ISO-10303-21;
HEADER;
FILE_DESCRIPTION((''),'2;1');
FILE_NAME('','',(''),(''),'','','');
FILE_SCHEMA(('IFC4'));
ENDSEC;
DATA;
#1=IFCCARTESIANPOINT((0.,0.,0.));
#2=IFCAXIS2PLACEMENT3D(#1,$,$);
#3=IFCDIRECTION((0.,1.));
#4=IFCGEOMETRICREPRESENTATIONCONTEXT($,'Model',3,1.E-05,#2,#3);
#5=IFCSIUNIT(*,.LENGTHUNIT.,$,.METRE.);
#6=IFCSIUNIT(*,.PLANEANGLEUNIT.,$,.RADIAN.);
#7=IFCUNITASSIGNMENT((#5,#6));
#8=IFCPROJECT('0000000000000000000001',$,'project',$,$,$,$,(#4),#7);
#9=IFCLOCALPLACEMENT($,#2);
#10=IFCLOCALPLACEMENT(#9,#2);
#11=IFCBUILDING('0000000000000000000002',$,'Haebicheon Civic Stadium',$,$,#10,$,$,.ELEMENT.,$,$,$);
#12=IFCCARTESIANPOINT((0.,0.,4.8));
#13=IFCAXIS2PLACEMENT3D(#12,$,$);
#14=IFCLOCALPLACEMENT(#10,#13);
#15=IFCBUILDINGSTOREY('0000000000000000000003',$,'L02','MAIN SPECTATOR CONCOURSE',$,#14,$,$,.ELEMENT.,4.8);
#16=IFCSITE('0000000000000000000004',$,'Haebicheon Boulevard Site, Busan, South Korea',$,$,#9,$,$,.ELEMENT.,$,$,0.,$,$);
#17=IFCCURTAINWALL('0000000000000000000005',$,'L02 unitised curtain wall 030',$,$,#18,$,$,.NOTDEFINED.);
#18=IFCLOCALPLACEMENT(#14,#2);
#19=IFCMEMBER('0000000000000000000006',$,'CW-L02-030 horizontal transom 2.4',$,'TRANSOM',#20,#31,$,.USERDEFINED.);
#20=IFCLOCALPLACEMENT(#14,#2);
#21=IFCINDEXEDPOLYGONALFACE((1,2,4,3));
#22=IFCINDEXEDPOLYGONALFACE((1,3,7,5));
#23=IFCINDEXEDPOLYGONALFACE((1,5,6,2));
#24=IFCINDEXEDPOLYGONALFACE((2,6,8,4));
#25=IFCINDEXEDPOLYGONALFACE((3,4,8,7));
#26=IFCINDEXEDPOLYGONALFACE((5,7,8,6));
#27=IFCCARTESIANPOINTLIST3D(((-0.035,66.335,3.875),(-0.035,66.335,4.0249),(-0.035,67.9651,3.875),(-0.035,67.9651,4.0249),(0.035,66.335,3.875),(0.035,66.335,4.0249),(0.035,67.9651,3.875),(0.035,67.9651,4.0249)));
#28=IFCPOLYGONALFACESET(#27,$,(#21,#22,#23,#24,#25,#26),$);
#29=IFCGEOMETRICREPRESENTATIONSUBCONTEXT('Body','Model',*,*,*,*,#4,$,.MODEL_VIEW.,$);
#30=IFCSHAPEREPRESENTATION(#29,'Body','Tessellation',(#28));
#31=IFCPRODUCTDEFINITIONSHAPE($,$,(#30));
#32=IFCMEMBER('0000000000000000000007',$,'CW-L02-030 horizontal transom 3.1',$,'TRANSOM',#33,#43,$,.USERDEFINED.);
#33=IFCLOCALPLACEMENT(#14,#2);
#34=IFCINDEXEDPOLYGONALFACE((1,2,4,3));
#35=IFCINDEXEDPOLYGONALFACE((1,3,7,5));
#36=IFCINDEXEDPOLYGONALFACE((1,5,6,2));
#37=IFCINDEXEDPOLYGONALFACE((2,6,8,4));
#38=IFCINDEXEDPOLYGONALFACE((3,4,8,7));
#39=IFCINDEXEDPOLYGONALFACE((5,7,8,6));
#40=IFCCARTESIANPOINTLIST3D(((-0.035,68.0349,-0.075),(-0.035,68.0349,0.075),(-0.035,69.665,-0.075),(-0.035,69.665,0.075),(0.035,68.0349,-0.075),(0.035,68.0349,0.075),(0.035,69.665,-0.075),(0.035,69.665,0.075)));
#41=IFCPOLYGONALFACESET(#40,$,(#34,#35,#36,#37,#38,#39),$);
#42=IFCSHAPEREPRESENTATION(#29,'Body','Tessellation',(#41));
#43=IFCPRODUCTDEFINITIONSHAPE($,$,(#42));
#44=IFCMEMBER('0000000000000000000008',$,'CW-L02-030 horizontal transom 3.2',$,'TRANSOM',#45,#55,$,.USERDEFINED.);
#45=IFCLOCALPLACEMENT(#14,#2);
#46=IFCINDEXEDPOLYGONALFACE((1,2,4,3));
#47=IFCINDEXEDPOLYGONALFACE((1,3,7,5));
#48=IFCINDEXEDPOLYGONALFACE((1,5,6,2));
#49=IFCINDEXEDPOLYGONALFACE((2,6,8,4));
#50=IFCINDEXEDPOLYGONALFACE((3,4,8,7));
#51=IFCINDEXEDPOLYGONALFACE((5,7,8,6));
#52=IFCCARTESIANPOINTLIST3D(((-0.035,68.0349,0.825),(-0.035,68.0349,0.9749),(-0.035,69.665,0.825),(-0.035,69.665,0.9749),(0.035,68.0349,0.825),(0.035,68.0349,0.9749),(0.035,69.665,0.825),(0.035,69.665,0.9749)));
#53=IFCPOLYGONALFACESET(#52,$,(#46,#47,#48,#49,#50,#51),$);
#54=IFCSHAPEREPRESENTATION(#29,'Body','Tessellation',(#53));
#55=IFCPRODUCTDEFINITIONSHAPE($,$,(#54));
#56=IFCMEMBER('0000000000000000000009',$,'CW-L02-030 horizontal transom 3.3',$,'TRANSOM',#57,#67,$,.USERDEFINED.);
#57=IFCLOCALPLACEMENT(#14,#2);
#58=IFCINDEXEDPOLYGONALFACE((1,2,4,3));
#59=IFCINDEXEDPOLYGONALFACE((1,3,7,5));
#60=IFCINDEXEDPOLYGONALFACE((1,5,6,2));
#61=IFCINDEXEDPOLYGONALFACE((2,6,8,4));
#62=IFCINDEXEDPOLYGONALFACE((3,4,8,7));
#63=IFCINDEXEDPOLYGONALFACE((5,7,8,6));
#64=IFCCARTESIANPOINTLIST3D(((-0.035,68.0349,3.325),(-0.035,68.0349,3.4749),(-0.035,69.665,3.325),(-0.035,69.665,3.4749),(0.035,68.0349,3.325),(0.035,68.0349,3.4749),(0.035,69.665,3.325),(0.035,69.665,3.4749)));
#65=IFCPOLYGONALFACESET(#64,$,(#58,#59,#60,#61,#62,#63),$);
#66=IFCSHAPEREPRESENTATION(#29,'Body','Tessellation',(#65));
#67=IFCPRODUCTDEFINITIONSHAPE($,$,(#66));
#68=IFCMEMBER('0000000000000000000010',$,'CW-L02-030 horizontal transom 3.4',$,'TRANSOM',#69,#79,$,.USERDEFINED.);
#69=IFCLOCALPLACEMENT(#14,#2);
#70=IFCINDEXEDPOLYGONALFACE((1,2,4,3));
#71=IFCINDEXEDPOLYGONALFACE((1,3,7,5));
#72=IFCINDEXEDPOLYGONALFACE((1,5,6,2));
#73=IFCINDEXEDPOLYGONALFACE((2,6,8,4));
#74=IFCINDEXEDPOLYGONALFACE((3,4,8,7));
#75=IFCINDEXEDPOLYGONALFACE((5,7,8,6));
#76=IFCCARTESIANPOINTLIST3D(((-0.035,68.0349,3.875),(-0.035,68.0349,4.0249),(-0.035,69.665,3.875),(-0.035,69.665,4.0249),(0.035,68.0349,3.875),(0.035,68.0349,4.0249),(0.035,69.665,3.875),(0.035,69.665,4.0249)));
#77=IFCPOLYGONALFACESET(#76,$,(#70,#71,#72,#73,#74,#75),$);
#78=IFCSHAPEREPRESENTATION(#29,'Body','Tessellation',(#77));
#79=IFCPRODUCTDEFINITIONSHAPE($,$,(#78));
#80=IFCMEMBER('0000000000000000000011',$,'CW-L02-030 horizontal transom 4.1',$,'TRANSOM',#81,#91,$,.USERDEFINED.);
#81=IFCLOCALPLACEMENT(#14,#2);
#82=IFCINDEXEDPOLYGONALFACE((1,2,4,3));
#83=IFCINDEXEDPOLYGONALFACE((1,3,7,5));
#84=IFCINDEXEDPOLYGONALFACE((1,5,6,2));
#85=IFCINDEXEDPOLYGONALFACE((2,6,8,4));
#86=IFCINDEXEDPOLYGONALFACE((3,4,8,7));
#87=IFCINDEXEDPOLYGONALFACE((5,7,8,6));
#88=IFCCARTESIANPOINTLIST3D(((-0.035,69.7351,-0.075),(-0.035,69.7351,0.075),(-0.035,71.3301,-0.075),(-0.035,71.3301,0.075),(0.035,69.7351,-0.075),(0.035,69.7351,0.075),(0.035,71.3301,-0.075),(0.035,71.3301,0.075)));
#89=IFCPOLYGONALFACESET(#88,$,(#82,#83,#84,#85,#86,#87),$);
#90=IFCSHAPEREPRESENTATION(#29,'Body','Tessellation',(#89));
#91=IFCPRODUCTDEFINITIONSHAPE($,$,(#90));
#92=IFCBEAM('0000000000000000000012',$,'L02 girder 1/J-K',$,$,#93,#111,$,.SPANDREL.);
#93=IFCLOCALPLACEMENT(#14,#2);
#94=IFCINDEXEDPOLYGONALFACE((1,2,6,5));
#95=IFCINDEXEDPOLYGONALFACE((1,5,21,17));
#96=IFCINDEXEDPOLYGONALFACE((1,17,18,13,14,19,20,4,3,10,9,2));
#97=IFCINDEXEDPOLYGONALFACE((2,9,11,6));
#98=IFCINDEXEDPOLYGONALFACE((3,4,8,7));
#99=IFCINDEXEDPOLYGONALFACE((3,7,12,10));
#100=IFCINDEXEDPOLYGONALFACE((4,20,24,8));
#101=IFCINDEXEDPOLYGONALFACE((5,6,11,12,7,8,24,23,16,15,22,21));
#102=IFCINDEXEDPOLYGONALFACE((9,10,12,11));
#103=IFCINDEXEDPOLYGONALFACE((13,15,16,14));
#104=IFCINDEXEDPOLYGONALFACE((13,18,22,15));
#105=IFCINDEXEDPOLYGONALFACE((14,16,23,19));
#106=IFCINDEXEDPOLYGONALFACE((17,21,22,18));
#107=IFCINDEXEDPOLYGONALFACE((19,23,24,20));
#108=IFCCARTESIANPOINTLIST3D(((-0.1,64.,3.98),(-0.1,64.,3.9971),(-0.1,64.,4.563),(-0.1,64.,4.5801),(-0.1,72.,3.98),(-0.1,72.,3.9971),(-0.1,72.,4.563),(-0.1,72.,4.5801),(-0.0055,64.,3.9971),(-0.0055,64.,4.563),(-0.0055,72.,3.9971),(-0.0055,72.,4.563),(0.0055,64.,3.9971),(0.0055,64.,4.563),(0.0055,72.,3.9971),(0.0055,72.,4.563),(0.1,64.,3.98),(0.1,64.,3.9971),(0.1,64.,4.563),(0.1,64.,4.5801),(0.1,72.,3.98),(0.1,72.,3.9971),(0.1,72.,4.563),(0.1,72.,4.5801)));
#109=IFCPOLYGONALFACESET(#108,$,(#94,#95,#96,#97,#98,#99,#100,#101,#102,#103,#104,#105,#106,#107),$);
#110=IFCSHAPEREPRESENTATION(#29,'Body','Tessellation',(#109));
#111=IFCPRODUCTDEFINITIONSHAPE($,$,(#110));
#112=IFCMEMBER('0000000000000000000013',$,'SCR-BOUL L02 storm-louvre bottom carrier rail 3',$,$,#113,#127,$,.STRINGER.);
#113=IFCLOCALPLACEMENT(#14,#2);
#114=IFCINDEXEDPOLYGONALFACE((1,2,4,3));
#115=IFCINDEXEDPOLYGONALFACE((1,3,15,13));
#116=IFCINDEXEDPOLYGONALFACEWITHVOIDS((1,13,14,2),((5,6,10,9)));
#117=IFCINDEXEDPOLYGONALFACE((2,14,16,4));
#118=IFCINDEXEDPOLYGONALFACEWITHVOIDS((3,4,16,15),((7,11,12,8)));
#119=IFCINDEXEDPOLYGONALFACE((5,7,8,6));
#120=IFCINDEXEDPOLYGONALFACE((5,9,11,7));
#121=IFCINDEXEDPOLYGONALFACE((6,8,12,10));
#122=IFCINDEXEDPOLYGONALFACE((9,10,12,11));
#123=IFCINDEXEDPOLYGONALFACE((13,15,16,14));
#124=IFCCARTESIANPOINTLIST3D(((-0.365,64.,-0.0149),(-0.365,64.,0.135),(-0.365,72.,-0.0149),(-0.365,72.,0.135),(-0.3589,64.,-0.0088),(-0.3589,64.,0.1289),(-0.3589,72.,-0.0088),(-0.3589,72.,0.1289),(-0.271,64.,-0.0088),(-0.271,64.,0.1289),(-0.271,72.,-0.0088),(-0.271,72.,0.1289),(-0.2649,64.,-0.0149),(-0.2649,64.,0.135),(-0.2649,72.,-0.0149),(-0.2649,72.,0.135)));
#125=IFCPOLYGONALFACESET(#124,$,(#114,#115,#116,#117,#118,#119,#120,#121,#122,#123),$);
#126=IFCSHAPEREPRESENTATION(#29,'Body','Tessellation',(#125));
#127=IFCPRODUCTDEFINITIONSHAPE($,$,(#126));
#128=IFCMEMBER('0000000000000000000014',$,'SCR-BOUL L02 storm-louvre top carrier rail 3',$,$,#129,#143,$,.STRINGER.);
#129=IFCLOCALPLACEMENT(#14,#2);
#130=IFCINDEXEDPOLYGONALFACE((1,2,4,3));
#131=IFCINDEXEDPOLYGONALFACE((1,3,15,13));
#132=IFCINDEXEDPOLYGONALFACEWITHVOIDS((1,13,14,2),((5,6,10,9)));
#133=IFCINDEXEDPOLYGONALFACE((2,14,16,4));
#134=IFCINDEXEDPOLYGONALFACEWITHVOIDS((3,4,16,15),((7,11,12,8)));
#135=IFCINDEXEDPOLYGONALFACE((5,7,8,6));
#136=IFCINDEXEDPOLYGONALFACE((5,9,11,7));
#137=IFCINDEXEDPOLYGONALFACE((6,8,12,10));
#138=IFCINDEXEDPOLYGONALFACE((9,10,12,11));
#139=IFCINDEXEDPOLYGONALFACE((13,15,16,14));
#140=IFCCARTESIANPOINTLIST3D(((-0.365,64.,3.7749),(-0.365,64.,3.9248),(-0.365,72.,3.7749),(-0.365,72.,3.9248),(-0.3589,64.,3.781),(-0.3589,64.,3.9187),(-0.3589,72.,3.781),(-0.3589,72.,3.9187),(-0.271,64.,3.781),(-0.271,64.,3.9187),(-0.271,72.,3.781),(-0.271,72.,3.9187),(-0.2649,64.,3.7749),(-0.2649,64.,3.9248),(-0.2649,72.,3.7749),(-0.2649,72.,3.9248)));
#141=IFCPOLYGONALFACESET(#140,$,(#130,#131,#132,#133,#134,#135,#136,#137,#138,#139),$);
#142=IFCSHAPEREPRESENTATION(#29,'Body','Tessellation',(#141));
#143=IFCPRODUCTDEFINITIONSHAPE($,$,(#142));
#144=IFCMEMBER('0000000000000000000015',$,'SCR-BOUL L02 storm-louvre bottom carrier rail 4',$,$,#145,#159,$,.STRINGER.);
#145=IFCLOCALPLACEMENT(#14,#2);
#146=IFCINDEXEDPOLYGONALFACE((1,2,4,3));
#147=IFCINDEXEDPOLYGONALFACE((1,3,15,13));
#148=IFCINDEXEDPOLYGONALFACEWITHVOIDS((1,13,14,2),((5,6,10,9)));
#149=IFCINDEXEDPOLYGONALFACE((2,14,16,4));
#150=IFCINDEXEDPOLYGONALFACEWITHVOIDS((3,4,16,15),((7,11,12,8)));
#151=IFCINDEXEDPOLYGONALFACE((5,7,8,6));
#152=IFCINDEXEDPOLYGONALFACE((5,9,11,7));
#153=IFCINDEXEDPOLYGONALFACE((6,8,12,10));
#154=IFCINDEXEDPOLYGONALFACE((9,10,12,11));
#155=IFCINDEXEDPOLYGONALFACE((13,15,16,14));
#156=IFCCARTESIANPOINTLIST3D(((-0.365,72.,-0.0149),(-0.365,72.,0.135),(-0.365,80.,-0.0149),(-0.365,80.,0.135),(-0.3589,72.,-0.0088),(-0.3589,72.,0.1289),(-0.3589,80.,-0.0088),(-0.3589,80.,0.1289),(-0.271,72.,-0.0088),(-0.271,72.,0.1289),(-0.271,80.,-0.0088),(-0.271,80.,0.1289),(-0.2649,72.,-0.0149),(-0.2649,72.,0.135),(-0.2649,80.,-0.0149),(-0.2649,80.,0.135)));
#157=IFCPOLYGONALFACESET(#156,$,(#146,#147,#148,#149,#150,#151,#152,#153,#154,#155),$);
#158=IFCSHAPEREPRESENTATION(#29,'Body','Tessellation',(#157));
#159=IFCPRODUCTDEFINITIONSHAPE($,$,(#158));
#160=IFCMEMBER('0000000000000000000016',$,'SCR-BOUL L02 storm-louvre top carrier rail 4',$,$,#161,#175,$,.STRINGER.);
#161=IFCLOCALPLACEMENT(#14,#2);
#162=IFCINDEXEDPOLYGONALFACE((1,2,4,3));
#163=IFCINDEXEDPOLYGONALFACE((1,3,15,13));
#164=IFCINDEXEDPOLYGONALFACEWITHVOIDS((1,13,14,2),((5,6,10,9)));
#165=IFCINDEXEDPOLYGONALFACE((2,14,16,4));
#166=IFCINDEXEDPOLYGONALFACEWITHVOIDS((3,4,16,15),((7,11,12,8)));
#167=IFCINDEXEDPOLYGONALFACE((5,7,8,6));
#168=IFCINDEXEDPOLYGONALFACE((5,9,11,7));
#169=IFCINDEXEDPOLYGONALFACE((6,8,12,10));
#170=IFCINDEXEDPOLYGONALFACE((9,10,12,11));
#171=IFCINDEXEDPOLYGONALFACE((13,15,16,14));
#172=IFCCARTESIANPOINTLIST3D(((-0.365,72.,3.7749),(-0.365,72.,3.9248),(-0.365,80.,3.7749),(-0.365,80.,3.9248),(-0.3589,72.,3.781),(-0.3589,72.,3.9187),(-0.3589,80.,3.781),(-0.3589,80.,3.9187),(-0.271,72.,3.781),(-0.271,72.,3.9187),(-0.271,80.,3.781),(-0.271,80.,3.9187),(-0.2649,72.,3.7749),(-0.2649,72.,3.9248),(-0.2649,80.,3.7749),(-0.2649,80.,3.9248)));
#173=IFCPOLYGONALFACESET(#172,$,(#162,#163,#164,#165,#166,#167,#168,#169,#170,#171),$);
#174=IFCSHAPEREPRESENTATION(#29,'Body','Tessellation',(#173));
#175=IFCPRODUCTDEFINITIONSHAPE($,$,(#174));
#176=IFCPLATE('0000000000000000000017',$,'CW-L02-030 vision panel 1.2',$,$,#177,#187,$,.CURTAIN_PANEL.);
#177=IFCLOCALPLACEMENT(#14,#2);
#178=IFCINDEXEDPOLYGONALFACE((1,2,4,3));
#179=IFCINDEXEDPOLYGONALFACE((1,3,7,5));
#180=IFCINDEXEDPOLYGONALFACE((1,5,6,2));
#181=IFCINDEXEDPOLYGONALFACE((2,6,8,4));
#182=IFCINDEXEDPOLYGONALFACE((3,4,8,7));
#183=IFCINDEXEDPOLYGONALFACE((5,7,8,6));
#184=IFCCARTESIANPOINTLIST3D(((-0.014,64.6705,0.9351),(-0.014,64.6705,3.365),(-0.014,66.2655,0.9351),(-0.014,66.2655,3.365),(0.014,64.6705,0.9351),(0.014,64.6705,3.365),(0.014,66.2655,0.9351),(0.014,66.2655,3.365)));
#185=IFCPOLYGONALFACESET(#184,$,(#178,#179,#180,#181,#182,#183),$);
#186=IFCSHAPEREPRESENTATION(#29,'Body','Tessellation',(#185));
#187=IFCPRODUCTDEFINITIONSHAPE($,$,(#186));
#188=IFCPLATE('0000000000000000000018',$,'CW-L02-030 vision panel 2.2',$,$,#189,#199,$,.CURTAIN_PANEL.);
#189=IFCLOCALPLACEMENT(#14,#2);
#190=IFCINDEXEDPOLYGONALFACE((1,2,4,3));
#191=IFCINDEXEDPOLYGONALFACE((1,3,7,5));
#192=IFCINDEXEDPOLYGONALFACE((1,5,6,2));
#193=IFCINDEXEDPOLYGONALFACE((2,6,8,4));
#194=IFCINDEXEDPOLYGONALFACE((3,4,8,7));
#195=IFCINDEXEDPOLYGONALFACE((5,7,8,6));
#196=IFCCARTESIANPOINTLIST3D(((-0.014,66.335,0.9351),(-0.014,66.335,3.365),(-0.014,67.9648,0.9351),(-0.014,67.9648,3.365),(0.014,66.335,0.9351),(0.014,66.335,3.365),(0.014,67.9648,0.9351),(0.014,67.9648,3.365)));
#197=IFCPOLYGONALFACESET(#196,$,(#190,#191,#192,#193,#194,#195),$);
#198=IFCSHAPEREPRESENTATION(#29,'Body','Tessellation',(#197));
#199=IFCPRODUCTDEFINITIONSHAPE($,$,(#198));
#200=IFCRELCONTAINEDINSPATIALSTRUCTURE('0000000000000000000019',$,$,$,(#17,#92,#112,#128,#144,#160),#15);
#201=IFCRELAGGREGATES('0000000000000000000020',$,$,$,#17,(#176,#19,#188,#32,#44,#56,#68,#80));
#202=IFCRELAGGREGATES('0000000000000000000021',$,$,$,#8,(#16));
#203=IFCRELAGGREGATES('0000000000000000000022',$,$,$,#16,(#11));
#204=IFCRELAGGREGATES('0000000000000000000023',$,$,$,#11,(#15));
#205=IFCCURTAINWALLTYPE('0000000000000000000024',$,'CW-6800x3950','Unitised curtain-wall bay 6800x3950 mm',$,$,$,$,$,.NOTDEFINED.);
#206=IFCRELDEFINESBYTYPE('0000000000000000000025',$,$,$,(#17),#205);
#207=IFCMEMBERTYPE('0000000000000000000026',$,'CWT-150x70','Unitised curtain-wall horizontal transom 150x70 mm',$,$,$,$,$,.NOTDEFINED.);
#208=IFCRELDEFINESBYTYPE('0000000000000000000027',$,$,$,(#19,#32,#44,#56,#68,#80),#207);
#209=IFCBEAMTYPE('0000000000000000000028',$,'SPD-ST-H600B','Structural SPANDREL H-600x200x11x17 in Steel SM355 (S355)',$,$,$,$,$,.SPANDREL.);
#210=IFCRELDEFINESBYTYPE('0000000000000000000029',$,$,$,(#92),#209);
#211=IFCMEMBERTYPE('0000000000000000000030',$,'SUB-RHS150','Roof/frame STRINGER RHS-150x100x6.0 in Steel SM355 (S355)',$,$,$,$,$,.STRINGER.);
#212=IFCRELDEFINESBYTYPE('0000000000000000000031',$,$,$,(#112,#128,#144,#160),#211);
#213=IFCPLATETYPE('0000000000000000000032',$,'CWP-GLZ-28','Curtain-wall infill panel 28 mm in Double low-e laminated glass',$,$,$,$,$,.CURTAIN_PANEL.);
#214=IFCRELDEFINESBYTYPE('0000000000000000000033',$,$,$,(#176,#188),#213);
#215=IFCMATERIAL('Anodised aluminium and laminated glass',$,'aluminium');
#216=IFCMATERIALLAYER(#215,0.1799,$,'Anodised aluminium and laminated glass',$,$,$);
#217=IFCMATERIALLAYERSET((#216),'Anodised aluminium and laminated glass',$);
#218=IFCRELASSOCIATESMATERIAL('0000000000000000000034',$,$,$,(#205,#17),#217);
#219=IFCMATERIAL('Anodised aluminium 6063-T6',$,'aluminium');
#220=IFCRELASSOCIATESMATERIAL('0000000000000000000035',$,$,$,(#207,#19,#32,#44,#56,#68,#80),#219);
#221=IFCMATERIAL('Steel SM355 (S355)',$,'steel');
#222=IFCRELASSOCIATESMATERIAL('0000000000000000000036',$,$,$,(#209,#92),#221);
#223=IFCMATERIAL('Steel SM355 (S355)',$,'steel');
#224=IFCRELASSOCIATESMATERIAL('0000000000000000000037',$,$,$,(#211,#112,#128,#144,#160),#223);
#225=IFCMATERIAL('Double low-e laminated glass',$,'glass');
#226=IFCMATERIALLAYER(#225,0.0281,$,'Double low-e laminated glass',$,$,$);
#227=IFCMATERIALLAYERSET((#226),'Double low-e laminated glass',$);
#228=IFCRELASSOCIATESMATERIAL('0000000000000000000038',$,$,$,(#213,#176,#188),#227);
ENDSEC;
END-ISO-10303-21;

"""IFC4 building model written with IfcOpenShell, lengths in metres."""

from ifc_helpers import new_model, si_unit, direction, frame, origin, origin_2d, place, context, subcontext, project, spatial, rectangle, hollow_rectangle, i_section, extrude, material, layer, layer_set, material_profile, profile_set, type_object, element, aggregate, save


model = new_model("IFC4")

# Units and contexts
model_context = context("Model", 3, precision=1e-05, world=origin(), true_north=direction((0.0, 1.0)))
body_context = subcontext(model_context, "Body", "Model", "MODEL_VIEW")
ifc_project = project(units=[si_unit("LENGTHUNIT", "METRE"), si_unit("PLANEANGLEUNIT", "RADIAN")], contexts=[model_context])

# Site, building, storey
site_placement = place(None, origin())
site = spatial("IfcSite", under=ifc_project, at=site_placement, Name="Haebicheon Boulevard Site, Busan, South Korea", CompositionType="ELEMENT", RefElevation=0.0)
building_placement = place(site_placement, origin())
building = spatial("IfcBuilding", under=site, at=building_placement, Name="Haebicheon Civic Stadium", CompositionType="ELEMENT")
storey_placement = place(building_placement, frame((0.0, 0.0, 4.8)))
storey = spatial("IfcBuildingStorey", under=building, at=storey_placement, Name="L02", Description="MAIN SPECTATOR CONCOURSE", CompositionType="ELEMENT", Elevation=4.8)

# Curtain wall, members
ifc_material_1 = material(Name="Anodised aluminium and laminated glass", Category="aluminium")
ifc_layer_1 = layer(ifc_material_1, 0.1799, Name="Anodised aluminium and laminated glass")
ifc_layer_set_1 = layer_set([ifc_layer_1], Name="Anodised aluminium and laminated glass")
curtain_wall_type = type_object("IfcCurtainWallType", Name="CW-6800x3950", Description="Unitised curtain-wall bay 6800x3950 mm", PredefinedType="NOTDEFINED", material=ifc_layer_set_1)
curtain_wall_placement = place(storey_placement, origin())
curtain_wall = element("IfcCurtainWall", 1, at=curtain_wall_placement, inside=storey, type_object=curtain_wall_type, material=ifc_layer_set_1, Name="L02 unitised curtain wall 030", PredefinedType="NOTDEFINED")
ifc_material_2 = material(Name="Anodised aluminium 6063-T6", Category="aluminium")
ifc_material_profile_1 = material_profile(ifc_material_2, rectangle(XDim=0.0701, YDim=0.1499, at=origin_2d()), Name="ALU-TRAN-70x150")
ifc_profile_set_1 = profile_set([ifc_material_profile_1], Name="Anodised aluminium 6063-T6")
member_type_1 = type_object("IfcMemberType", Name="CWT-150x70", Description="Unitised curtain-wall horizontal transom 150x70 mm", PredefinedType="NOTDEFINED", material=ifc_profile_set_1)
member_1_placement = place(storey_placement, frame((0.0, 66.335, 3.95), z_axis=(0.0, 1.0, 0.0), x_axis=(-1.0, 0.0, 0.0)))
member_1 = element("IfcMember", 2, at=member_1_placement, type_object=member_type_1, material=ifc_profile_set_1, Name="CW-L02-030 horizontal transom 2.4", ObjectType="TRANSOM", PredefinedType="USERDEFINED", context=body_context, shape_type="SweptSolid", body=[
    extrude(rectangle(XDim=0.0701, YDim=0.1499, at=origin_2d()), origin(), (0.0, 0.0, 1.0), 1.6301),
])
member_2_placement = place(storey_placement, frame((0.0, 68.0349, 0.0), z_axis=(0.0, 1.0, 0.0), x_axis=(-1.0, 0.0, 0.0)))
member_2 = element("IfcMember", 3, at=member_2_placement, type_object=member_type_1, material=ifc_profile_set_1, Name="CW-L02-030 horizontal transom 3.1", ObjectType="TRANSOM", PredefinedType="USERDEFINED", context=body_context, shape_type="SweptSolid", body=[
    extrude(rectangle(XDim=0.0701, YDim=0.1499, at=origin_2d()), origin(), (0.0, 0.0, 1.0), 1.6301),
])
member_3_placement = place(storey_placement, frame((0.0, 68.0349, 0.8999), z_axis=(0.0, 1.0, 0.0), x_axis=(-1.0, 0.0, 0.0)))
member_3 = element("IfcMember", 4, at=member_3_placement, type_object=member_type_1, material=ifc_profile_set_1, Name="CW-L02-030 horizontal transom 3.2", ObjectType="TRANSOM", PredefinedType="USERDEFINED", context=body_context, shape_type="SweptSolid", body=[
    extrude(rectangle(XDim=0.0701, YDim=0.1499, at=origin_2d()), origin(), (0.0, 0.0, 1.0), 1.6301),
])
member_4_placement = place(storey_placement, frame((0.0, 68.0349, 3.3999), z_axis=(0.0, 1.0, 0.0), x_axis=(-1.0, 0.0, 0.0)))
member_4 = element("IfcMember", 5, at=member_4_placement, type_object=member_type_1, material=ifc_profile_set_1, Name="CW-L02-030 horizontal transom 3.3", ObjectType="TRANSOM", PredefinedType="USERDEFINED", context=body_context, shape_type="SweptSolid", body=[
    extrude(rectangle(XDim=0.0701, YDim=0.1499, at=origin_2d()), origin(), (0.0, 0.0, 1.0), 1.6301),
])
member_5_placement = place(storey_placement, frame((0.0, 68.0349, 3.95), z_axis=(0.0, 1.0, 0.0), x_axis=(-1.0, 0.0, 0.0)))
member_5 = element("IfcMember", 6, at=member_5_placement, type_object=member_type_1, material=ifc_profile_set_1, Name="CW-L02-030 horizontal transom 3.4", ObjectType="TRANSOM", PredefinedType="USERDEFINED", context=body_context, shape_type="SweptSolid", body=[
    extrude(rectangle(XDim=0.0701, YDim=0.1499, at=origin_2d()), origin(), (0.0, 0.0, 1.0), 1.6301),
])
member_6_placement = place(storey_placement, frame((0.0, 69.7351, 0.0), z_axis=(0.0, 1.0, 0.0), x_axis=(-1.0, 0.0, 0.0)))
member_6 = element("IfcMember", 7, at=member_6_placement, type_object=member_type_1, material=ifc_profile_set_1, Name="CW-L02-030 horizontal transom 4.1", ObjectType="TRANSOM", PredefinedType="USERDEFINED", context=body_context, shape_type="SweptSolid", body=[
    extrude(rectangle(XDim=0.0701, YDim=0.1499, at=origin_2d()), origin(), (0.0, 0.0, 1.0), 1.595),
])

# Beam
ifc_material_3 = material(Name="Steel SM355 (S355)", Category="steel")
ifc_material_profile_2 = material_profile(ifc_material_3, i_section(OverallWidth=0.2, OverallDepth=0.6001, WebThickness=0.011, FlangeThickness=0.0171, at=origin_2d()), Name="H-600x200x11x17")
ifc_profile_set_2 = profile_set([ifc_material_profile_2], Name="Steel SM355 (S355)")
beam_type_1 = type_object("IfcBeamType", Name="SPD-ST-H600B", Description="Structural SPANDREL H-600x200x11x17 in Steel SM355 (S355)", PredefinedType="SPANDREL", material=ifc_profile_set_2)
beam_1_placement = place(storey_placement, frame((0.0, 64.0, 4.28), z_axis=(0.0, 1.0, 0.0), x_axis=(-1.0, 0.0, 0.0)))
element("IfcBeam", 8, at=beam_1_placement, inside=storey, type_object=beam_type_1, material=ifc_profile_set_2, Name="L02 girder 1/J-K", PredefinedType="SPANDREL", context=body_context, shape_type="SweptSolid", body=[
    extrude(i_section(OverallWidth=0.2, OverallDepth=0.6001, WebThickness=0.011, FlangeThickness=0.0171, at=origin_2d()), origin(), (0.0, 0.0, 1.0), 8.0),
])

# Members
ifc_material_4 = material(Name="Steel SM355 (S355)", Category="steel")
ifc_material_profile_3 = material_profile(ifc_material_4, hollow_rectangle(XDim=0.1001, YDim=0.1499, WallThickness=0.0061, at=origin_2d()), Name="RHS-150x100x6.0")
ifc_profile_set_3 = profile_set([ifc_material_profile_3], Name="Steel SM355 (S355)")
member_type_2 = type_object("IfcMemberType", Name="SUB-RHS150", Description="Roof/frame STRINGER RHS-150x100x6.0 in Steel SM355 (S355)", PredefinedType="STRINGER", material=ifc_profile_set_3)
for number, where, z_axis, x_axis, name in (
    (9, (-0.3149, 64.0, 0.0601), (0.0, 1.0, 0.0), (-1.0, 0.0, 0.0), "SCR-BOUL L02 storm-louvre bottom carrier rail 3"),
    (10, (-0.3149, 64.0, 3.8499), (0.0, 1.0, 0.0), (-1.0, 0.0, 0.0), "SCR-BOUL L02 storm-louvre top carrier rail 3"),
    (11, (-0.3149, 72.0, 0.0601), (0.0, 1.0, 0.0), (-1.0, 0.0, 0.0), "SCR-BOUL L02 storm-louvre bottom carrier rail 4"),
    (12, (-0.3149, 72.0, 3.8499), (0.0, 1.0, 0.0), (-1.0, 0.0, 0.0), "SCR-BOUL L02 storm-louvre top carrier rail 4"),
):
    element("IfcMember", number, at=place(storey_placement, frame(where, z_axis=z_axis, x_axis=x_axis)), inside=storey, type_object=member_type_2, material=ifc_profile_set_3, Name=name, PredefinedType="STRINGER", context=body_context, shape_type="SweptSolid", body=[
        extrude(hollow_rectangle(XDim=0.1001, YDim=0.1499, WallThickness=0.0061, at=origin_2d()), origin(), (0.0, 0.0, 1.0), 8.0),
    ])

# Plates
ifc_material_5 = material(Name="Double low-e laminated glass", Category="glass")
ifc_layer_2 = layer(ifc_material_5, 0.0281, Name="Double low-e laminated glass")
ifc_layer_set_2 = layer_set([ifc_layer_2], Name="Double low-e laminated glass")
plate_type_1 = type_object("IfcPlateType", Name="CWP-GLZ-28", Description="Curtain-wall infill panel 28 mm in Double low-e laminated glass", PredefinedType="CURTAIN_PANEL", material=ifc_layer_set_2)
plate_1_placement = place(storey_placement, frame((0.0, 65.468, 0.9351), z_axis=(0.0, 0.0, 1.0), x_axis=(0.0, 1.0, 0.0)))
plate_1 = element("IfcPlate", 13, at=plate_1_placement, type_object=plate_type_1, material=ifc_layer_set_2, Name="CW-L02-030 vision panel 1.2", PredefinedType="CURTAIN_PANEL", context=body_context, shape_type="SweptSolid", body=[
    extrude(rectangle(XDim=1.595, YDim=0.0281, at=origin_2d()), origin(), (0.0, 0.0, 1.0), 2.4299),
])
plate_2_placement = place(storey_placement, frame((0.0, 67.1499, 0.9351), z_axis=(0.0, 0.0, 1.0), x_axis=(0.0, 1.0, 0.0)))
plate_2 = element("IfcPlate", 14, at=plate_2_placement, type_object=plate_type_1, material=ifc_layer_set_2, Name="CW-L02-030 vision panel 2.2", PredefinedType="CURTAIN_PANEL", context=body_context, shape_type="SweptSolid", body=[
    extrude(rectangle(XDim=1.6299, YDim=0.0281, at=origin_2d()), origin(), (0.0, 0.0, 1.0), 2.4299),
])
aggregate(curtain_wall, [plate_1, member_1, plate_2, member_2, member_3, member_4, member_5, member_6])

save(model, "model.ifc")
